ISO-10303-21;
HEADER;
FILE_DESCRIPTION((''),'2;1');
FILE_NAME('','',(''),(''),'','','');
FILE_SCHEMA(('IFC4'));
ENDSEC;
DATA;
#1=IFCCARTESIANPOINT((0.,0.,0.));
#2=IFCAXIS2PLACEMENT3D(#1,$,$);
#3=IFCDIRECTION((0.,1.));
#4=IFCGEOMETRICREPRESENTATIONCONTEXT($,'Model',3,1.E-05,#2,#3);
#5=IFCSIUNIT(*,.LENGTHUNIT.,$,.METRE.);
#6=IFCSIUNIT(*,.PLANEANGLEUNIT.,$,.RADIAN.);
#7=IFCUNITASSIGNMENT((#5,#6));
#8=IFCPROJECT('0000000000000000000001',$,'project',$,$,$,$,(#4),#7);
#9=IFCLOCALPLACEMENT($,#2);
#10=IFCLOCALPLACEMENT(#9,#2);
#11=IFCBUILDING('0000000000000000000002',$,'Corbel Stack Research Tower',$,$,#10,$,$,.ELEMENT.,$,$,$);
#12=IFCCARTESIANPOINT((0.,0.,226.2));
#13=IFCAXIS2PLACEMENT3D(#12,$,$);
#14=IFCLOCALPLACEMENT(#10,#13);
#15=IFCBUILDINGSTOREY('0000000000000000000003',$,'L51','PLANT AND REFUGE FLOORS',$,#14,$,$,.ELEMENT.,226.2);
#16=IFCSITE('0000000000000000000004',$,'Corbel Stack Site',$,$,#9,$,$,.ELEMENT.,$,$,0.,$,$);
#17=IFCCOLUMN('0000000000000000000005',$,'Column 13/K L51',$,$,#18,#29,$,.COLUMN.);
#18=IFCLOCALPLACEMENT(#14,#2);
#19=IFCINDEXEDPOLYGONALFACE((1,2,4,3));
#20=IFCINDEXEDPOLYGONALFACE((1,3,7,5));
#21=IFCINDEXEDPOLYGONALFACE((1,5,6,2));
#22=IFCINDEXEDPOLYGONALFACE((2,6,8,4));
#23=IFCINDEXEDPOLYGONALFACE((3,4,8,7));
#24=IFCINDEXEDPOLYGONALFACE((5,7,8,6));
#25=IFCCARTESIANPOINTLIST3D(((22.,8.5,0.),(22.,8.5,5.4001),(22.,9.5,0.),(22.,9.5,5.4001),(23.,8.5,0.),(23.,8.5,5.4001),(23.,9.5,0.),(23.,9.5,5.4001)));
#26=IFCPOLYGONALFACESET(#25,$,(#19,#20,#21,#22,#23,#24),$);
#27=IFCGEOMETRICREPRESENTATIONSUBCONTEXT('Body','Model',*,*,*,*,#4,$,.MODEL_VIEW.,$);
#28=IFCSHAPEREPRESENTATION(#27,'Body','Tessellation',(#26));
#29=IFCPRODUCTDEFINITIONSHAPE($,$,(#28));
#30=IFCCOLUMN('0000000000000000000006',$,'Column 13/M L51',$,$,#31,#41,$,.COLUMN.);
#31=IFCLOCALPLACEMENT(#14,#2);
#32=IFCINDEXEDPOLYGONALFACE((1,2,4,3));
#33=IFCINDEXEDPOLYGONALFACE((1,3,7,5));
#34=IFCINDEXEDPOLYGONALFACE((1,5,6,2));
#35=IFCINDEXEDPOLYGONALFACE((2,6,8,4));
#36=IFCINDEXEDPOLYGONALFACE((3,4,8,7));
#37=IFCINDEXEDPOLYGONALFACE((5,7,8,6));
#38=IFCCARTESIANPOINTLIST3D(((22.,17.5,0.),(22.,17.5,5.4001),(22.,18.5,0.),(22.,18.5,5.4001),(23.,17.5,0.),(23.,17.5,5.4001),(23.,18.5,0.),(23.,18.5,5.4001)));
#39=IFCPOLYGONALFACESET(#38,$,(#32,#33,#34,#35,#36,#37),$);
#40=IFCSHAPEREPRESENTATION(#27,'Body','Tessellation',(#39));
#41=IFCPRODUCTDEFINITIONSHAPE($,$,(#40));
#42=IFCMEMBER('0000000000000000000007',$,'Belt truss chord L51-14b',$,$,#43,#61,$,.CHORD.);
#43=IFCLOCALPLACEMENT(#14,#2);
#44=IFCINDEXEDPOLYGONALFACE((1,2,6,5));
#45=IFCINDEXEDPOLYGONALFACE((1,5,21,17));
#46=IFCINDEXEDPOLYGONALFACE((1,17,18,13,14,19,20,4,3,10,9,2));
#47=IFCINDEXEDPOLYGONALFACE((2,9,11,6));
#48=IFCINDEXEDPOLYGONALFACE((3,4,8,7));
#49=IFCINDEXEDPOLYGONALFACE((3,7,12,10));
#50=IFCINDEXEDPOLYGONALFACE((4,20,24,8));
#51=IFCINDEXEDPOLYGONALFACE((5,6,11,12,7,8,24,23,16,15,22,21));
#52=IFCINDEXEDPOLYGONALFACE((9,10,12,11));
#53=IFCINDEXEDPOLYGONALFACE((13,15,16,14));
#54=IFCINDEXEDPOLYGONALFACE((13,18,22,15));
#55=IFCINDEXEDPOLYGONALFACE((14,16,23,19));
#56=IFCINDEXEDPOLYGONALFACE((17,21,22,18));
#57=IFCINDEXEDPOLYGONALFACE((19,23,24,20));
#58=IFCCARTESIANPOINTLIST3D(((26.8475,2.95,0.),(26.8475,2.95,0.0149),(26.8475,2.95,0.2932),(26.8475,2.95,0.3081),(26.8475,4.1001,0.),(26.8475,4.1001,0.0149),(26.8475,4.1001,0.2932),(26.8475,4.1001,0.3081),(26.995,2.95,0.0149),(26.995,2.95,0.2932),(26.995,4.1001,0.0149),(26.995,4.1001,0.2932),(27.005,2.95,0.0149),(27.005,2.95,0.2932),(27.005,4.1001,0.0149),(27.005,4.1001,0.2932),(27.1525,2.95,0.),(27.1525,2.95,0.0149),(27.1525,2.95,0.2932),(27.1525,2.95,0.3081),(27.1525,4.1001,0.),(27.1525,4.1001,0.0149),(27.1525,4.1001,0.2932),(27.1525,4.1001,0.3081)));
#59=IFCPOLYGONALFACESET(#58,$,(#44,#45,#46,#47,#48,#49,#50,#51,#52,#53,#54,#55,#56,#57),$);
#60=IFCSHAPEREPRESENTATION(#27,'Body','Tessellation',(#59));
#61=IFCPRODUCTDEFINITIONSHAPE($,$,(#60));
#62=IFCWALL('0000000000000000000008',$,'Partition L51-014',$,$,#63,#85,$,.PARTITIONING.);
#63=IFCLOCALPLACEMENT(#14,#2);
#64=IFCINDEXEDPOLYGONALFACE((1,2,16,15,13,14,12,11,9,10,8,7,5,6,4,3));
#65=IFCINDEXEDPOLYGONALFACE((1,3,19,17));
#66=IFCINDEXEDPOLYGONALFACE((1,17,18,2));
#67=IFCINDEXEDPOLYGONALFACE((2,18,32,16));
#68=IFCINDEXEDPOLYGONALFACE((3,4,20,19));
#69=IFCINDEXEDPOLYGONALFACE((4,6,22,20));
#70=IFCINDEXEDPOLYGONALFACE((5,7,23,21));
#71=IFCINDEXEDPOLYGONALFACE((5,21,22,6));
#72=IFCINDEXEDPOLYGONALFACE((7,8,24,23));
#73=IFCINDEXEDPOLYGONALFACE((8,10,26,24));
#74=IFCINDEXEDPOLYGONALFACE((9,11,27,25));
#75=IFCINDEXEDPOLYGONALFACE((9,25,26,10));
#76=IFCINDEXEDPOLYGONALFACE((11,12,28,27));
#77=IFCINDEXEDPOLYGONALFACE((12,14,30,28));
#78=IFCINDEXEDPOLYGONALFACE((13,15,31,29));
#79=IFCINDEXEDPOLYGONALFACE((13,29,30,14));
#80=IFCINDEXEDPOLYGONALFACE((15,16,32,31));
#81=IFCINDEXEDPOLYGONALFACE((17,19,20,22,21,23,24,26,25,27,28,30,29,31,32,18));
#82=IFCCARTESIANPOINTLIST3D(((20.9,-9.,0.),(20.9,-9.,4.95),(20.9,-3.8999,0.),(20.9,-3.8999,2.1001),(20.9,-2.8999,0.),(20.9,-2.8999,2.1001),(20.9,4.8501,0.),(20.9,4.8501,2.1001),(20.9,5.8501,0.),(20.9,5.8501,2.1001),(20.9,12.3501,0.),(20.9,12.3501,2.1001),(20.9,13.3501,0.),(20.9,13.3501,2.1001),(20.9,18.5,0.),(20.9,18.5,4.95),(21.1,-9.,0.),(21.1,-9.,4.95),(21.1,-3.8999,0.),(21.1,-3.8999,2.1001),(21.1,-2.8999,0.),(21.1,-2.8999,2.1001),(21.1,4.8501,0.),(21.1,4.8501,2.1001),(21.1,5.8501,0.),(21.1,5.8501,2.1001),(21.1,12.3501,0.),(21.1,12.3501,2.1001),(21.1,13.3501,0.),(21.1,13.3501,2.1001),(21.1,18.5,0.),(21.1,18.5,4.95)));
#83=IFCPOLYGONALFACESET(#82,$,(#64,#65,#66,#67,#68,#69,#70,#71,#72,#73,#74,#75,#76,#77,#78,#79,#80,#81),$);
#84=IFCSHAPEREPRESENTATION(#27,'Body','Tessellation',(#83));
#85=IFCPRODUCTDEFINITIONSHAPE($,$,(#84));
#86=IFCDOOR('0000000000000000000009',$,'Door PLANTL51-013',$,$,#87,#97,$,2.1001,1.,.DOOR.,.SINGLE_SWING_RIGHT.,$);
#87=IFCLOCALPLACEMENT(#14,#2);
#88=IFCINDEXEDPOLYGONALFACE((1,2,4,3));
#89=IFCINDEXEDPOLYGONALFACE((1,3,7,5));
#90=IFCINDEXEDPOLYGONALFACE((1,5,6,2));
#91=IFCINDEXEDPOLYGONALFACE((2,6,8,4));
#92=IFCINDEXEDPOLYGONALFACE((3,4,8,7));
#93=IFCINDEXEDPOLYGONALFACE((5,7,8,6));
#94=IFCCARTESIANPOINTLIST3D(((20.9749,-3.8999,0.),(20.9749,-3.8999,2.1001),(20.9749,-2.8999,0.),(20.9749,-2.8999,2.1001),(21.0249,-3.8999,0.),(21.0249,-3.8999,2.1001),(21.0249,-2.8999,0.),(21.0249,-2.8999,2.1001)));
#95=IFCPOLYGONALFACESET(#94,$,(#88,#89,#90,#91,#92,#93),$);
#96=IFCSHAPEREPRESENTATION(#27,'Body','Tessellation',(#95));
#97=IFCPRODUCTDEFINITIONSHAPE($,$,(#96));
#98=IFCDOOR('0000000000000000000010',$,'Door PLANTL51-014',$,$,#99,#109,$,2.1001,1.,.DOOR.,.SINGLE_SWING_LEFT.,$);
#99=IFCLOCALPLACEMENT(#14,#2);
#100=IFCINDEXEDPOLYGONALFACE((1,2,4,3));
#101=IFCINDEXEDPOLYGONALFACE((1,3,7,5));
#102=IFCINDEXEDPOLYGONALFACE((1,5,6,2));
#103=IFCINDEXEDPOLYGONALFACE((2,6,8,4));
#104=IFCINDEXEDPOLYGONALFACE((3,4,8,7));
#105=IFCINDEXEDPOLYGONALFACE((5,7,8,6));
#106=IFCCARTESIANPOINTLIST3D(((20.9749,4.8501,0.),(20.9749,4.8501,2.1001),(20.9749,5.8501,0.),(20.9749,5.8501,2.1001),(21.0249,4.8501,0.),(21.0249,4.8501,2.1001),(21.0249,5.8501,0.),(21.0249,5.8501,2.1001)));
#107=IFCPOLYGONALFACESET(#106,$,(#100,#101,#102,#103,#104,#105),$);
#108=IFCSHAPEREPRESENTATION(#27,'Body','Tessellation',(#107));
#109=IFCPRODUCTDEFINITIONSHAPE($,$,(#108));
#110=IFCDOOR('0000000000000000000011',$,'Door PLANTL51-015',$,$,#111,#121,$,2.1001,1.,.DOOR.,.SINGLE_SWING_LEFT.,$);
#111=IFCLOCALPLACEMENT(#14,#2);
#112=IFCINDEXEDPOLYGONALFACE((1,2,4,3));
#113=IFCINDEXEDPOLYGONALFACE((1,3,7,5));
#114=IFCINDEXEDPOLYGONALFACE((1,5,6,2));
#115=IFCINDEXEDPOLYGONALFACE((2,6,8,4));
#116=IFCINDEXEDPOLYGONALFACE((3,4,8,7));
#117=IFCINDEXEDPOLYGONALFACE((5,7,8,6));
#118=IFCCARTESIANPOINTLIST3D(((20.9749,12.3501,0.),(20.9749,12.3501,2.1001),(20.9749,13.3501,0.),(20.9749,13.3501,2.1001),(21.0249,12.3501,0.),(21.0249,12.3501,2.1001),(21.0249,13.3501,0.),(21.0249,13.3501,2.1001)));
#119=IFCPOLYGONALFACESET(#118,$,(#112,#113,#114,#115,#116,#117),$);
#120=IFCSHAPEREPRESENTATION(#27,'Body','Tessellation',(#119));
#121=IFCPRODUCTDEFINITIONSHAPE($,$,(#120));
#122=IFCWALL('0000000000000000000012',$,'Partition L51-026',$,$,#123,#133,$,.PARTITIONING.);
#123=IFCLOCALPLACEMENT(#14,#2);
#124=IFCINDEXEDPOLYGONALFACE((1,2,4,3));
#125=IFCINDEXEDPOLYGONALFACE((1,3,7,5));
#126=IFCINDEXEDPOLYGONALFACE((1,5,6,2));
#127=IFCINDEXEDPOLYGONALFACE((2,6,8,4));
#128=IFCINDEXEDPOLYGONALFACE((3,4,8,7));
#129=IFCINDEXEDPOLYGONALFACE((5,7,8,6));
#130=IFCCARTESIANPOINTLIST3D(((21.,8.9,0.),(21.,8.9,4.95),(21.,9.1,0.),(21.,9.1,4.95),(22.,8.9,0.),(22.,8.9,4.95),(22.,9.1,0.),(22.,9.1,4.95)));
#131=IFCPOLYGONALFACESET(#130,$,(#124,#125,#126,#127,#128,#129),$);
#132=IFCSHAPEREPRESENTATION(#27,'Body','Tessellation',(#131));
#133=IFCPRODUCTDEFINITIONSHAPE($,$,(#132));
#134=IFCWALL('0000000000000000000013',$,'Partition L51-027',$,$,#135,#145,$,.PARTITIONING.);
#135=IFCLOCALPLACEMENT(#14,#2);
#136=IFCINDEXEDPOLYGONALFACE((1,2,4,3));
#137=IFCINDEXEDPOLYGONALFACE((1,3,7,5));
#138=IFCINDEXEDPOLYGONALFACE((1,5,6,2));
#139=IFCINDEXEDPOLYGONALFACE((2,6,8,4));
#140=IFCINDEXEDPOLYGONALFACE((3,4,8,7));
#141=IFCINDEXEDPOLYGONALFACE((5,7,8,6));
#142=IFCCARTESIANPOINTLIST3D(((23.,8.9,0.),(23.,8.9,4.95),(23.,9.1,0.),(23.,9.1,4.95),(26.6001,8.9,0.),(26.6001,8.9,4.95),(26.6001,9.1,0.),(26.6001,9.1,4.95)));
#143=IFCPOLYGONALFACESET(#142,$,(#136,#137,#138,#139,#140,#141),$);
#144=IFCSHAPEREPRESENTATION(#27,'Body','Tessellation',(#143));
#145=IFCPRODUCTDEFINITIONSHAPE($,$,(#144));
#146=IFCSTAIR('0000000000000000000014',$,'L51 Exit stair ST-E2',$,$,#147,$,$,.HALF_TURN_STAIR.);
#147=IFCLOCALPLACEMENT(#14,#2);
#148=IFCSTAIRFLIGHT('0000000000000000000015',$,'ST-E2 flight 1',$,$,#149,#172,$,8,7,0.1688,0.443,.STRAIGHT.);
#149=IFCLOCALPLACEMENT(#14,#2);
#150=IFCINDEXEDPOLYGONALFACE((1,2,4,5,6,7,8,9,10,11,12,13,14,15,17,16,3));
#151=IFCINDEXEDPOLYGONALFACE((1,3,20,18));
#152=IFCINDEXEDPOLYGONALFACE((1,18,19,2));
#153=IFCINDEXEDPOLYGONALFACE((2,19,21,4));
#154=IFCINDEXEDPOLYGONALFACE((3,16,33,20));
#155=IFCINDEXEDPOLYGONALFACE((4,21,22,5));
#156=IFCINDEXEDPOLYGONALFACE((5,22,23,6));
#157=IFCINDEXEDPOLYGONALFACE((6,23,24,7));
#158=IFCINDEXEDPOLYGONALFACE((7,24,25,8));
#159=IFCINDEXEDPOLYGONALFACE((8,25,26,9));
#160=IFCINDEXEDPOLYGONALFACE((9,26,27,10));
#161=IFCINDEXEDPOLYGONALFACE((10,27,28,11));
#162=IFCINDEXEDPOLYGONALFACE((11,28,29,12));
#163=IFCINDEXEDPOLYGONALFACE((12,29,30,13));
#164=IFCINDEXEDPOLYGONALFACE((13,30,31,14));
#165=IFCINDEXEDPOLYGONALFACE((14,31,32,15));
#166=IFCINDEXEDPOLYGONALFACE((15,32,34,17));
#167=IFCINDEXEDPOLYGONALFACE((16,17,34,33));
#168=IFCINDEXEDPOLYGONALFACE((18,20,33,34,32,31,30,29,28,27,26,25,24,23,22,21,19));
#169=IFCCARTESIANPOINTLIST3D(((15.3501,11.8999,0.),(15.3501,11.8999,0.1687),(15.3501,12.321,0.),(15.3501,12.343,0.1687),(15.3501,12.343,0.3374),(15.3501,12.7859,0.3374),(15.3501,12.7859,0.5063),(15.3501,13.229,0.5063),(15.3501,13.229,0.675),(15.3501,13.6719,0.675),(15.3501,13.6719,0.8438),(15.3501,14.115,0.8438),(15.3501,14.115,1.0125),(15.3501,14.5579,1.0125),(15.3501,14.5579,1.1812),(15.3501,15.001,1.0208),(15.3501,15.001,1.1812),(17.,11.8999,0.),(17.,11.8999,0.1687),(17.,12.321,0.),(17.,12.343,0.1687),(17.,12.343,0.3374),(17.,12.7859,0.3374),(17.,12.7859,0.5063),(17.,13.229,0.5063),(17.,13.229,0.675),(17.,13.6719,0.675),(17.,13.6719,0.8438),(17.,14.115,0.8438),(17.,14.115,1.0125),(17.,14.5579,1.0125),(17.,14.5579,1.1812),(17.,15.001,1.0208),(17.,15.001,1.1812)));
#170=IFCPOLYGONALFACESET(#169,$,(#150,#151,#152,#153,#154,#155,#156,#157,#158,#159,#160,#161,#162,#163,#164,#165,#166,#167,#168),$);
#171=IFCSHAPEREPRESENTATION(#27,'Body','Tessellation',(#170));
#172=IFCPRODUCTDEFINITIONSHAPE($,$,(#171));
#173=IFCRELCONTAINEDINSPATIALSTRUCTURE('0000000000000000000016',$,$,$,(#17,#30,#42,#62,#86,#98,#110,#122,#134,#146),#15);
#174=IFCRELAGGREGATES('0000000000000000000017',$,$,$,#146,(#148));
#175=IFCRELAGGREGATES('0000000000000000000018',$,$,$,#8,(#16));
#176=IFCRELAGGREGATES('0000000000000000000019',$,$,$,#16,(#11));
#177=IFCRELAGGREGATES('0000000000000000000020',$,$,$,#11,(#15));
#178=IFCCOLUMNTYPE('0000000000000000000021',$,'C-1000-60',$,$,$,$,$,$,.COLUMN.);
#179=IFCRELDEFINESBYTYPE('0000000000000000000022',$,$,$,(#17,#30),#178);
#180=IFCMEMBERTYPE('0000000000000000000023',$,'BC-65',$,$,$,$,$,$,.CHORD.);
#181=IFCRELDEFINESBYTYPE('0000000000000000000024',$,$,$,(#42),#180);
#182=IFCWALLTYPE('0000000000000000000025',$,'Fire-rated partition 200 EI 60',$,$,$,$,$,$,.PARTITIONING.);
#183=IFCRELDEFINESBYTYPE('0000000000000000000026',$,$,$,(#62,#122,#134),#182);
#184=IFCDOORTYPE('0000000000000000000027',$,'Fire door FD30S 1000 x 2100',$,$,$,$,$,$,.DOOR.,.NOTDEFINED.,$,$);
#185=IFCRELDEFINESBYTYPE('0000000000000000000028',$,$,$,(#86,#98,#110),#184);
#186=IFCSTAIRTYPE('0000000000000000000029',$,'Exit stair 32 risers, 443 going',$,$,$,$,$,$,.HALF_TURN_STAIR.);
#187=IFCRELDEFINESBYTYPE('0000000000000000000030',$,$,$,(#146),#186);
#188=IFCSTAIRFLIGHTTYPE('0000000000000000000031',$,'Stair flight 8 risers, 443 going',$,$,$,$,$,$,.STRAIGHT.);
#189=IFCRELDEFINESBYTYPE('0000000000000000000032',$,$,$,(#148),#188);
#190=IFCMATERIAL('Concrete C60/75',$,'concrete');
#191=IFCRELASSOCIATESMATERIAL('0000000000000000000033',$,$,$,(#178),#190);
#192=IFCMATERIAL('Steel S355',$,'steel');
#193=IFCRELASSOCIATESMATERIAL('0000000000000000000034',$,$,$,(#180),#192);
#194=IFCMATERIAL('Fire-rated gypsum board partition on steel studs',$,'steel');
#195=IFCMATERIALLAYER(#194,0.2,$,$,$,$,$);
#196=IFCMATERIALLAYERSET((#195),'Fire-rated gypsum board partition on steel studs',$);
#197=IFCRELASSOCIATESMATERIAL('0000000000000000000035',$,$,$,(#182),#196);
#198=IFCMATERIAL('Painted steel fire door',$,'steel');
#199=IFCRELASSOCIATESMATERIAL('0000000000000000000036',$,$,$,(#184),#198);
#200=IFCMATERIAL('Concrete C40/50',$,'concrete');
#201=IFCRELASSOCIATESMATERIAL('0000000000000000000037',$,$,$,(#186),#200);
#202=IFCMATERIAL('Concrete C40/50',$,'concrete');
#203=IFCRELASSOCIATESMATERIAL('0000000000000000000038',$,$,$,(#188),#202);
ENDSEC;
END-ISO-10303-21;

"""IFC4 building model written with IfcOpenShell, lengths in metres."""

from ifc_helpers import new_model, si_unit, direction, frame, frame_2d, origin, origin_2d, place, context, subcontext, project, spatial, polyline, rectangle, i_section, outline, extrude, material, layer, layer_set, material_profile, profile_set, type_object, element, fill, aggregate, save


model = new_model("IFC4")

# Units and contexts
model_context = context("Model", 3, precision=1e-05, world=origin(), true_north=direction((0.0, 1.0)))
body_context = subcontext(model_context, "Body", "Model", "MODEL_VIEW")
ifc_project = project(units=[si_unit("LENGTHUNIT", "METRE"), si_unit("PLANEANGLEUNIT", "RADIAN")], contexts=[model_context])

# Site, building, storey
site_placement = place(None, origin())
site = spatial("IfcSite", under=ifc_project, at=site_placement, Name="Corbel Stack Site", CompositionType="ELEMENT", RefElevation=0.0)
building_placement = place(site_placement, origin())
building = spatial("IfcBuilding", under=site, at=building_placement, Name="Corbel Stack Research Tower", CompositionType="ELEMENT")
storey_placement = place(building_placement, frame((0.0, 0.0, 226.2)))
storey = spatial("IfcBuildingStorey", under=building, at=storey_placement, Name="L51", Description="PLANT AND REFUGE FLOORS", CompositionType="ELEMENT", Elevation=226.2)

# Columns
ifc_material_1 = material(Name="Concrete C60/75", Category="concrete")
ifc_material_profile_1 = material_profile(ifc_material_1, rectangle(XDim=1.0, YDim=1.0, at=origin_2d()), Name="RC 1000 x 1000")
ifc_profile_set_1 = profile_set([ifc_material_profile_1], Name="Concrete C60/75")
column_type = type_object("IfcColumnType", Name="C-1000-60", PredefinedType="COLUMN", material=ifc_profile_set_1)
for number, where, z_axis, x_axis, name in (
    (1, (22.5, 9.0, 0.0), (0.0, 0.0, 1.0), (1.0, 0.0, 0.0), "Column 13/K L51"),
    (2, (22.5, 18.0, 0.0), (0.0, 0.0, 1.0), (1.0, 0.0, 0.0), "Column 13/M L51"),
):
    element("IfcColumn", number, at=place(storey_placement, frame(where, z_axis=z_axis, x_axis=x_axis)), inside=storey, type_object=column_type, Name=name, PredefinedType="COLUMN", context=body_context, shape_type="SweptSolid", body=[
        extrude(rectangle(XDim=1.0, YDim=1.0, at=origin_2d()), origin(), (0.0, 0.0, 1.0), 5.4001),
    ])

# Member
ifc_material_2 = material(Name="Steel S355", Category="steel")
ifc_material_profile_2 = material_profile(ifc_material_2, i_section(OverallWidth=0.3049, OverallDepth=0.3081, WebThickness=0.01, FlangeThickness=0.0149, at=origin_2d()), Name="W12x65")
ifc_profile_set_2 = profile_set([ifc_material_profile_2], Name="Steel S355")
member_type = type_object("IfcMemberType", Name="BC-65", PredefinedType="CHORD", material=ifc_profile_set_2)
member_placement = place(storey_placement, frame((27.0, 2.95, 0.1541), z_axis=(0.0, 1.0, 0.0), x_axis=(-1.0, 0.0, 0.0)))
element("IfcMember", 3, at=member_placement, inside=storey, type_object=member_type, Name="Belt truss chord L51-14b", PredefinedType="CHORD", context=body_context, shape_type="SweptSolid", body=[
    extrude(i_section(OverallWidth=0.3049, OverallDepth=0.3081, WebThickness=0.01, FlangeThickness=0.0149, at=origin_2d()), origin(), (0.0, 0.0, 1.0), 1.1501),
])

# Wall, openings, doors
ifc_material_3 = material(Name="Fire-rated gypsum board partition on steel studs", Category="steel")
ifc_layer = layer(ifc_material_3, 0.2)
ifc_layer_set = layer_set([ifc_layer], Name="Fire-rated gypsum board partition on steel studs")
wall_type = type_object("IfcWallType", Name="Fire-rated partition 200 EI 60", PredefinedType="PARTITIONING", material=ifc_layer_set)
wall_1_placement = place(storey_placement, frame((21.0, 18.5, 0.0), z_axis=(0.0, 0.0, 1.0), x_axis=(0.0, -1.0, 0.0)))
wall_1 = element("IfcWall", 4, at=wall_1_placement, inside=storey, type_object=wall_type, Name="Partition L51-014", PredefinedType="PARTITIONING", context=body_context, shape_type="SweptSolid", body=[
    extrude(rectangle(XDim=27.5, YDim=0.2, at=frame_2d((13.75, 0.0))), origin(), (0.0, 0.0, 1.0), 4.95),
])
opening_1_placement = place(wall_1_placement, frame((21.3999, 0.0, 0.0)))
opening_1 = element("IfcOpeningElement", 5, at=opening_1_placement, cuts=wall_1, PredefinedType="OPENING", context=body_context, shape_type="SweptSolid", body=[
    extrude(rectangle(XDim=1.0, YDim=2.1001, at=frame_2d((0.5, 1.05))), frame((0.0, 0.1099, 0.0), z_axis=(0.0, -1.0, 0.0), x_axis=(1.0, 0.0, 0.0)), (0.0, 0.0, 1.0), 0.22),
])
opening_2_placement = place(wall_1_placement, frame((12.6499, 0.0, 0.0)))
opening_2 = element("IfcOpeningElement", 6, at=opening_2_placement, cuts=wall_1, PredefinedType="OPENING", context=body_context, shape_type="SweptSolid", body=[
    extrude(rectangle(XDim=1.0, YDim=2.1001, at=frame_2d((0.5, 1.05))), frame((0.0, 0.1099, 0.0), z_axis=(0.0, -1.0, 0.0), x_axis=(1.0, 0.0, 0.0)), (0.0, 0.0, 1.0), 0.22),
])
opening_3_placement = place(wall_1_placement, frame((5.1499, 0.0, 0.0)))
opening_3 = element("IfcOpeningElement", 7, at=opening_3_placement, cuts=wall_1, PredefinedType="OPENING", context=body_context, shape_type="SweptSolid", body=[
    extrude(rectangle(XDim=1.0, YDim=2.1001, at=frame_2d((0.5, 1.05))), frame((0.0, 0.1099, 0.0), z_axis=(0.0, -1.0, 0.0), x_axis=(1.0, 0.0, 0.0)), (0.0, 0.0, 1.0), 0.22),
])
ifc_material_4 = material(Name="Painted steel fire door", Category="steel")
door_type = type_object("IfcDoorType", Name="Fire door FD30S 1000 x 2100", OperationType="NOTDEFINED", PredefinedType="DOOR", material=ifc_material_4)
door_1_placement = place(opening_1_placement, origin())
door_1 = element("IfcDoor", 8, at=door_1_placement, inside=storey, type_object=door_type, Name="Door PLANTL51-013", OperationType="SINGLE_SWING_RIGHT", OverallHeight=2.1001, OverallWidth=1.0, PredefinedType="DOOR", context=body_context, shape_type="SweptSolid", body=[
    extrude(rectangle(XDim=1.0, YDim=2.1001, at=frame_2d((0.5, 1.05))), frame((0.0, 0.0249, 0.0), z_axis=(0.0, -1.0, 0.0), x_axis=(1.0, 0.0, 0.0)), (0.0, 0.0, 1.0), 0.05),
])
fill(opening_1, door_1)
door_2_placement = place(opening_2_placement, origin())
door_2 = element("IfcDoor", 9, at=door_2_placement, inside=storey, type_object=door_type, Name="Door PLANTL51-014", OperationType="SINGLE_SWING_LEFT", OverallHeight=2.1001, OverallWidth=1.0, PredefinedType="DOOR", context=body_context, shape_type="SweptSolid", body=[
    extrude(rectangle(XDim=1.0, YDim=2.1001, at=frame_2d((0.5, 1.05))), frame((0.0, 0.0249, 0.0), z_axis=(0.0, -1.0, 0.0), x_axis=(1.0, 0.0, 0.0)), (0.0, 0.0, 1.0), 0.05),
])
fill(opening_2, door_2)
door_3_placement = place(opening_3_placement, origin())
door_3 = element("IfcDoor", 10, at=door_3_placement, inside=storey, type_object=door_type, Name="Door PLANTL51-015", OperationType="SINGLE_SWING_LEFT", OverallHeight=2.1001, OverallWidth=1.0, PredefinedType="DOOR", context=body_context, shape_type="SweptSolid", body=[
    extrude(rectangle(XDim=1.0, YDim=2.1001, at=frame_2d((0.5, 1.05))), frame((0.0, 0.0249, 0.0), z_axis=(0.0, -1.0, 0.0), x_axis=(1.0, 0.0, 0.0)), (0.0, 0.0, 1.0), 0.05),
])
fill(opening_3, door_3)

# Walls
wall_2_placement = place(storey_placement, frame((21.0, 9.0, 0.0), z_axis=(0.0, 0.0, 1.0), x_axis=(1.0, 0.0, 0.0)))
element("IfcWall", 11, at=wall_2_placement, inside=storey, type_object=wall_type, Name="Partition L51-026", PredefinedType="PARTITIONING", context=body_context, shape_type="SweptSolid", body=[
    extrude(rectangle(XDim=1.0, YDim=0.2, at=frame_2d((0.5, 0.0))), origin(), (0.0, 0.0, 1.0), 4.95),
])
wall_3_placement = place(storey_placement, frame((23.0, 9.0, 0.0), z_axis=(0.0, 0.0, 1.0), x_axis=(1.0, 0.0, 0.0)))
element("IfcWall", 12, at=wall_3_placement, inside=storey, type_object=wall_type, Name="Partition L51-027", PredefinedType="PARTITIONING", context=body_context, shape_type="SweptSolid", body=[
    extrude(rectangle(XDim=3.6001, YDim=0.2, at=frame_2d((1.8, 0.0))), origin(), (0.0, 0.0, 1.0), 4.95),
])

# Stair, stair flight
ifc_material_5 = material(Name="Concrete C40/50", Category="concrete")
stair_type = type_object("IfcStairType", Name="Exit stair 32 risers, 443 going", PredefinedType="HALF_TURN_STAIR", material=ifc_material_5)
stair_placement = place(storey_placement, origin())
stair = element("IfcStair", 13, at=stair_placement, inside=storey, type_object=stair_type, Name="L51 Exit stair ST-E2", PredefinedType="HALF_TURN_STAIR")
ifc_material_6 = material(Name="Concrete C40/50", Category="concrete")
stair_flight_type = type_object("IfcStairFlightType", Name="Stair flight 8 risers, 443 going", PredefinedType="STRAIGHT", material=ifc_material_6)
stair_flight_1_placement = place(storey_placement, frame((16.175, 11.8999, 0.0), z_axis=(0.0, 0.0, 1.0), x_axis=(0.0, 1.0, 0.0)))
stair_flight_1 = element("IfcStairFlight", 14, at=stair_flight_1_placement, type_object=stair_flight_type, Name="ST-E2 flight 1", NumberOfRisers=8, NumberOfTreads=7, PredefinedType="STRAIGHT", RiserHeight=0.1688, TreadLength=0.443, context=body_context, shape_type="SweptSolid", body=[
    extrude(outline(polyline([(0.0, 0.0), (0.0, 0.1687), (0.4431, 0.1687), (0.4431, 0.3374), (0.886, 0.3374), (0.886, 0.5063), (1.3291, 0.5063), (1.3291, 0.675), (1.772, 0.675), (1.772, 0.8438), (2.2151, 0.8438), (2.2151, 1.0125), (2.658, 1.0125), (2.658, 1.1812), (3.1011, 1.1812), (3.1011, 1.3501), (3.1011, 1.0208), (0.4211, 0.0), (0.0, 0.0)])), frame((0.0, 0.825, 0.0), z_axis=(0.0, -1.0, 0.0), x_axis=(1.0, 0.0, 0.0)), (0.0, 0.0, 1.0), 1.6499),
])
aggregate(stair, [stair_flight_1])

save(model, "model.ifc")
